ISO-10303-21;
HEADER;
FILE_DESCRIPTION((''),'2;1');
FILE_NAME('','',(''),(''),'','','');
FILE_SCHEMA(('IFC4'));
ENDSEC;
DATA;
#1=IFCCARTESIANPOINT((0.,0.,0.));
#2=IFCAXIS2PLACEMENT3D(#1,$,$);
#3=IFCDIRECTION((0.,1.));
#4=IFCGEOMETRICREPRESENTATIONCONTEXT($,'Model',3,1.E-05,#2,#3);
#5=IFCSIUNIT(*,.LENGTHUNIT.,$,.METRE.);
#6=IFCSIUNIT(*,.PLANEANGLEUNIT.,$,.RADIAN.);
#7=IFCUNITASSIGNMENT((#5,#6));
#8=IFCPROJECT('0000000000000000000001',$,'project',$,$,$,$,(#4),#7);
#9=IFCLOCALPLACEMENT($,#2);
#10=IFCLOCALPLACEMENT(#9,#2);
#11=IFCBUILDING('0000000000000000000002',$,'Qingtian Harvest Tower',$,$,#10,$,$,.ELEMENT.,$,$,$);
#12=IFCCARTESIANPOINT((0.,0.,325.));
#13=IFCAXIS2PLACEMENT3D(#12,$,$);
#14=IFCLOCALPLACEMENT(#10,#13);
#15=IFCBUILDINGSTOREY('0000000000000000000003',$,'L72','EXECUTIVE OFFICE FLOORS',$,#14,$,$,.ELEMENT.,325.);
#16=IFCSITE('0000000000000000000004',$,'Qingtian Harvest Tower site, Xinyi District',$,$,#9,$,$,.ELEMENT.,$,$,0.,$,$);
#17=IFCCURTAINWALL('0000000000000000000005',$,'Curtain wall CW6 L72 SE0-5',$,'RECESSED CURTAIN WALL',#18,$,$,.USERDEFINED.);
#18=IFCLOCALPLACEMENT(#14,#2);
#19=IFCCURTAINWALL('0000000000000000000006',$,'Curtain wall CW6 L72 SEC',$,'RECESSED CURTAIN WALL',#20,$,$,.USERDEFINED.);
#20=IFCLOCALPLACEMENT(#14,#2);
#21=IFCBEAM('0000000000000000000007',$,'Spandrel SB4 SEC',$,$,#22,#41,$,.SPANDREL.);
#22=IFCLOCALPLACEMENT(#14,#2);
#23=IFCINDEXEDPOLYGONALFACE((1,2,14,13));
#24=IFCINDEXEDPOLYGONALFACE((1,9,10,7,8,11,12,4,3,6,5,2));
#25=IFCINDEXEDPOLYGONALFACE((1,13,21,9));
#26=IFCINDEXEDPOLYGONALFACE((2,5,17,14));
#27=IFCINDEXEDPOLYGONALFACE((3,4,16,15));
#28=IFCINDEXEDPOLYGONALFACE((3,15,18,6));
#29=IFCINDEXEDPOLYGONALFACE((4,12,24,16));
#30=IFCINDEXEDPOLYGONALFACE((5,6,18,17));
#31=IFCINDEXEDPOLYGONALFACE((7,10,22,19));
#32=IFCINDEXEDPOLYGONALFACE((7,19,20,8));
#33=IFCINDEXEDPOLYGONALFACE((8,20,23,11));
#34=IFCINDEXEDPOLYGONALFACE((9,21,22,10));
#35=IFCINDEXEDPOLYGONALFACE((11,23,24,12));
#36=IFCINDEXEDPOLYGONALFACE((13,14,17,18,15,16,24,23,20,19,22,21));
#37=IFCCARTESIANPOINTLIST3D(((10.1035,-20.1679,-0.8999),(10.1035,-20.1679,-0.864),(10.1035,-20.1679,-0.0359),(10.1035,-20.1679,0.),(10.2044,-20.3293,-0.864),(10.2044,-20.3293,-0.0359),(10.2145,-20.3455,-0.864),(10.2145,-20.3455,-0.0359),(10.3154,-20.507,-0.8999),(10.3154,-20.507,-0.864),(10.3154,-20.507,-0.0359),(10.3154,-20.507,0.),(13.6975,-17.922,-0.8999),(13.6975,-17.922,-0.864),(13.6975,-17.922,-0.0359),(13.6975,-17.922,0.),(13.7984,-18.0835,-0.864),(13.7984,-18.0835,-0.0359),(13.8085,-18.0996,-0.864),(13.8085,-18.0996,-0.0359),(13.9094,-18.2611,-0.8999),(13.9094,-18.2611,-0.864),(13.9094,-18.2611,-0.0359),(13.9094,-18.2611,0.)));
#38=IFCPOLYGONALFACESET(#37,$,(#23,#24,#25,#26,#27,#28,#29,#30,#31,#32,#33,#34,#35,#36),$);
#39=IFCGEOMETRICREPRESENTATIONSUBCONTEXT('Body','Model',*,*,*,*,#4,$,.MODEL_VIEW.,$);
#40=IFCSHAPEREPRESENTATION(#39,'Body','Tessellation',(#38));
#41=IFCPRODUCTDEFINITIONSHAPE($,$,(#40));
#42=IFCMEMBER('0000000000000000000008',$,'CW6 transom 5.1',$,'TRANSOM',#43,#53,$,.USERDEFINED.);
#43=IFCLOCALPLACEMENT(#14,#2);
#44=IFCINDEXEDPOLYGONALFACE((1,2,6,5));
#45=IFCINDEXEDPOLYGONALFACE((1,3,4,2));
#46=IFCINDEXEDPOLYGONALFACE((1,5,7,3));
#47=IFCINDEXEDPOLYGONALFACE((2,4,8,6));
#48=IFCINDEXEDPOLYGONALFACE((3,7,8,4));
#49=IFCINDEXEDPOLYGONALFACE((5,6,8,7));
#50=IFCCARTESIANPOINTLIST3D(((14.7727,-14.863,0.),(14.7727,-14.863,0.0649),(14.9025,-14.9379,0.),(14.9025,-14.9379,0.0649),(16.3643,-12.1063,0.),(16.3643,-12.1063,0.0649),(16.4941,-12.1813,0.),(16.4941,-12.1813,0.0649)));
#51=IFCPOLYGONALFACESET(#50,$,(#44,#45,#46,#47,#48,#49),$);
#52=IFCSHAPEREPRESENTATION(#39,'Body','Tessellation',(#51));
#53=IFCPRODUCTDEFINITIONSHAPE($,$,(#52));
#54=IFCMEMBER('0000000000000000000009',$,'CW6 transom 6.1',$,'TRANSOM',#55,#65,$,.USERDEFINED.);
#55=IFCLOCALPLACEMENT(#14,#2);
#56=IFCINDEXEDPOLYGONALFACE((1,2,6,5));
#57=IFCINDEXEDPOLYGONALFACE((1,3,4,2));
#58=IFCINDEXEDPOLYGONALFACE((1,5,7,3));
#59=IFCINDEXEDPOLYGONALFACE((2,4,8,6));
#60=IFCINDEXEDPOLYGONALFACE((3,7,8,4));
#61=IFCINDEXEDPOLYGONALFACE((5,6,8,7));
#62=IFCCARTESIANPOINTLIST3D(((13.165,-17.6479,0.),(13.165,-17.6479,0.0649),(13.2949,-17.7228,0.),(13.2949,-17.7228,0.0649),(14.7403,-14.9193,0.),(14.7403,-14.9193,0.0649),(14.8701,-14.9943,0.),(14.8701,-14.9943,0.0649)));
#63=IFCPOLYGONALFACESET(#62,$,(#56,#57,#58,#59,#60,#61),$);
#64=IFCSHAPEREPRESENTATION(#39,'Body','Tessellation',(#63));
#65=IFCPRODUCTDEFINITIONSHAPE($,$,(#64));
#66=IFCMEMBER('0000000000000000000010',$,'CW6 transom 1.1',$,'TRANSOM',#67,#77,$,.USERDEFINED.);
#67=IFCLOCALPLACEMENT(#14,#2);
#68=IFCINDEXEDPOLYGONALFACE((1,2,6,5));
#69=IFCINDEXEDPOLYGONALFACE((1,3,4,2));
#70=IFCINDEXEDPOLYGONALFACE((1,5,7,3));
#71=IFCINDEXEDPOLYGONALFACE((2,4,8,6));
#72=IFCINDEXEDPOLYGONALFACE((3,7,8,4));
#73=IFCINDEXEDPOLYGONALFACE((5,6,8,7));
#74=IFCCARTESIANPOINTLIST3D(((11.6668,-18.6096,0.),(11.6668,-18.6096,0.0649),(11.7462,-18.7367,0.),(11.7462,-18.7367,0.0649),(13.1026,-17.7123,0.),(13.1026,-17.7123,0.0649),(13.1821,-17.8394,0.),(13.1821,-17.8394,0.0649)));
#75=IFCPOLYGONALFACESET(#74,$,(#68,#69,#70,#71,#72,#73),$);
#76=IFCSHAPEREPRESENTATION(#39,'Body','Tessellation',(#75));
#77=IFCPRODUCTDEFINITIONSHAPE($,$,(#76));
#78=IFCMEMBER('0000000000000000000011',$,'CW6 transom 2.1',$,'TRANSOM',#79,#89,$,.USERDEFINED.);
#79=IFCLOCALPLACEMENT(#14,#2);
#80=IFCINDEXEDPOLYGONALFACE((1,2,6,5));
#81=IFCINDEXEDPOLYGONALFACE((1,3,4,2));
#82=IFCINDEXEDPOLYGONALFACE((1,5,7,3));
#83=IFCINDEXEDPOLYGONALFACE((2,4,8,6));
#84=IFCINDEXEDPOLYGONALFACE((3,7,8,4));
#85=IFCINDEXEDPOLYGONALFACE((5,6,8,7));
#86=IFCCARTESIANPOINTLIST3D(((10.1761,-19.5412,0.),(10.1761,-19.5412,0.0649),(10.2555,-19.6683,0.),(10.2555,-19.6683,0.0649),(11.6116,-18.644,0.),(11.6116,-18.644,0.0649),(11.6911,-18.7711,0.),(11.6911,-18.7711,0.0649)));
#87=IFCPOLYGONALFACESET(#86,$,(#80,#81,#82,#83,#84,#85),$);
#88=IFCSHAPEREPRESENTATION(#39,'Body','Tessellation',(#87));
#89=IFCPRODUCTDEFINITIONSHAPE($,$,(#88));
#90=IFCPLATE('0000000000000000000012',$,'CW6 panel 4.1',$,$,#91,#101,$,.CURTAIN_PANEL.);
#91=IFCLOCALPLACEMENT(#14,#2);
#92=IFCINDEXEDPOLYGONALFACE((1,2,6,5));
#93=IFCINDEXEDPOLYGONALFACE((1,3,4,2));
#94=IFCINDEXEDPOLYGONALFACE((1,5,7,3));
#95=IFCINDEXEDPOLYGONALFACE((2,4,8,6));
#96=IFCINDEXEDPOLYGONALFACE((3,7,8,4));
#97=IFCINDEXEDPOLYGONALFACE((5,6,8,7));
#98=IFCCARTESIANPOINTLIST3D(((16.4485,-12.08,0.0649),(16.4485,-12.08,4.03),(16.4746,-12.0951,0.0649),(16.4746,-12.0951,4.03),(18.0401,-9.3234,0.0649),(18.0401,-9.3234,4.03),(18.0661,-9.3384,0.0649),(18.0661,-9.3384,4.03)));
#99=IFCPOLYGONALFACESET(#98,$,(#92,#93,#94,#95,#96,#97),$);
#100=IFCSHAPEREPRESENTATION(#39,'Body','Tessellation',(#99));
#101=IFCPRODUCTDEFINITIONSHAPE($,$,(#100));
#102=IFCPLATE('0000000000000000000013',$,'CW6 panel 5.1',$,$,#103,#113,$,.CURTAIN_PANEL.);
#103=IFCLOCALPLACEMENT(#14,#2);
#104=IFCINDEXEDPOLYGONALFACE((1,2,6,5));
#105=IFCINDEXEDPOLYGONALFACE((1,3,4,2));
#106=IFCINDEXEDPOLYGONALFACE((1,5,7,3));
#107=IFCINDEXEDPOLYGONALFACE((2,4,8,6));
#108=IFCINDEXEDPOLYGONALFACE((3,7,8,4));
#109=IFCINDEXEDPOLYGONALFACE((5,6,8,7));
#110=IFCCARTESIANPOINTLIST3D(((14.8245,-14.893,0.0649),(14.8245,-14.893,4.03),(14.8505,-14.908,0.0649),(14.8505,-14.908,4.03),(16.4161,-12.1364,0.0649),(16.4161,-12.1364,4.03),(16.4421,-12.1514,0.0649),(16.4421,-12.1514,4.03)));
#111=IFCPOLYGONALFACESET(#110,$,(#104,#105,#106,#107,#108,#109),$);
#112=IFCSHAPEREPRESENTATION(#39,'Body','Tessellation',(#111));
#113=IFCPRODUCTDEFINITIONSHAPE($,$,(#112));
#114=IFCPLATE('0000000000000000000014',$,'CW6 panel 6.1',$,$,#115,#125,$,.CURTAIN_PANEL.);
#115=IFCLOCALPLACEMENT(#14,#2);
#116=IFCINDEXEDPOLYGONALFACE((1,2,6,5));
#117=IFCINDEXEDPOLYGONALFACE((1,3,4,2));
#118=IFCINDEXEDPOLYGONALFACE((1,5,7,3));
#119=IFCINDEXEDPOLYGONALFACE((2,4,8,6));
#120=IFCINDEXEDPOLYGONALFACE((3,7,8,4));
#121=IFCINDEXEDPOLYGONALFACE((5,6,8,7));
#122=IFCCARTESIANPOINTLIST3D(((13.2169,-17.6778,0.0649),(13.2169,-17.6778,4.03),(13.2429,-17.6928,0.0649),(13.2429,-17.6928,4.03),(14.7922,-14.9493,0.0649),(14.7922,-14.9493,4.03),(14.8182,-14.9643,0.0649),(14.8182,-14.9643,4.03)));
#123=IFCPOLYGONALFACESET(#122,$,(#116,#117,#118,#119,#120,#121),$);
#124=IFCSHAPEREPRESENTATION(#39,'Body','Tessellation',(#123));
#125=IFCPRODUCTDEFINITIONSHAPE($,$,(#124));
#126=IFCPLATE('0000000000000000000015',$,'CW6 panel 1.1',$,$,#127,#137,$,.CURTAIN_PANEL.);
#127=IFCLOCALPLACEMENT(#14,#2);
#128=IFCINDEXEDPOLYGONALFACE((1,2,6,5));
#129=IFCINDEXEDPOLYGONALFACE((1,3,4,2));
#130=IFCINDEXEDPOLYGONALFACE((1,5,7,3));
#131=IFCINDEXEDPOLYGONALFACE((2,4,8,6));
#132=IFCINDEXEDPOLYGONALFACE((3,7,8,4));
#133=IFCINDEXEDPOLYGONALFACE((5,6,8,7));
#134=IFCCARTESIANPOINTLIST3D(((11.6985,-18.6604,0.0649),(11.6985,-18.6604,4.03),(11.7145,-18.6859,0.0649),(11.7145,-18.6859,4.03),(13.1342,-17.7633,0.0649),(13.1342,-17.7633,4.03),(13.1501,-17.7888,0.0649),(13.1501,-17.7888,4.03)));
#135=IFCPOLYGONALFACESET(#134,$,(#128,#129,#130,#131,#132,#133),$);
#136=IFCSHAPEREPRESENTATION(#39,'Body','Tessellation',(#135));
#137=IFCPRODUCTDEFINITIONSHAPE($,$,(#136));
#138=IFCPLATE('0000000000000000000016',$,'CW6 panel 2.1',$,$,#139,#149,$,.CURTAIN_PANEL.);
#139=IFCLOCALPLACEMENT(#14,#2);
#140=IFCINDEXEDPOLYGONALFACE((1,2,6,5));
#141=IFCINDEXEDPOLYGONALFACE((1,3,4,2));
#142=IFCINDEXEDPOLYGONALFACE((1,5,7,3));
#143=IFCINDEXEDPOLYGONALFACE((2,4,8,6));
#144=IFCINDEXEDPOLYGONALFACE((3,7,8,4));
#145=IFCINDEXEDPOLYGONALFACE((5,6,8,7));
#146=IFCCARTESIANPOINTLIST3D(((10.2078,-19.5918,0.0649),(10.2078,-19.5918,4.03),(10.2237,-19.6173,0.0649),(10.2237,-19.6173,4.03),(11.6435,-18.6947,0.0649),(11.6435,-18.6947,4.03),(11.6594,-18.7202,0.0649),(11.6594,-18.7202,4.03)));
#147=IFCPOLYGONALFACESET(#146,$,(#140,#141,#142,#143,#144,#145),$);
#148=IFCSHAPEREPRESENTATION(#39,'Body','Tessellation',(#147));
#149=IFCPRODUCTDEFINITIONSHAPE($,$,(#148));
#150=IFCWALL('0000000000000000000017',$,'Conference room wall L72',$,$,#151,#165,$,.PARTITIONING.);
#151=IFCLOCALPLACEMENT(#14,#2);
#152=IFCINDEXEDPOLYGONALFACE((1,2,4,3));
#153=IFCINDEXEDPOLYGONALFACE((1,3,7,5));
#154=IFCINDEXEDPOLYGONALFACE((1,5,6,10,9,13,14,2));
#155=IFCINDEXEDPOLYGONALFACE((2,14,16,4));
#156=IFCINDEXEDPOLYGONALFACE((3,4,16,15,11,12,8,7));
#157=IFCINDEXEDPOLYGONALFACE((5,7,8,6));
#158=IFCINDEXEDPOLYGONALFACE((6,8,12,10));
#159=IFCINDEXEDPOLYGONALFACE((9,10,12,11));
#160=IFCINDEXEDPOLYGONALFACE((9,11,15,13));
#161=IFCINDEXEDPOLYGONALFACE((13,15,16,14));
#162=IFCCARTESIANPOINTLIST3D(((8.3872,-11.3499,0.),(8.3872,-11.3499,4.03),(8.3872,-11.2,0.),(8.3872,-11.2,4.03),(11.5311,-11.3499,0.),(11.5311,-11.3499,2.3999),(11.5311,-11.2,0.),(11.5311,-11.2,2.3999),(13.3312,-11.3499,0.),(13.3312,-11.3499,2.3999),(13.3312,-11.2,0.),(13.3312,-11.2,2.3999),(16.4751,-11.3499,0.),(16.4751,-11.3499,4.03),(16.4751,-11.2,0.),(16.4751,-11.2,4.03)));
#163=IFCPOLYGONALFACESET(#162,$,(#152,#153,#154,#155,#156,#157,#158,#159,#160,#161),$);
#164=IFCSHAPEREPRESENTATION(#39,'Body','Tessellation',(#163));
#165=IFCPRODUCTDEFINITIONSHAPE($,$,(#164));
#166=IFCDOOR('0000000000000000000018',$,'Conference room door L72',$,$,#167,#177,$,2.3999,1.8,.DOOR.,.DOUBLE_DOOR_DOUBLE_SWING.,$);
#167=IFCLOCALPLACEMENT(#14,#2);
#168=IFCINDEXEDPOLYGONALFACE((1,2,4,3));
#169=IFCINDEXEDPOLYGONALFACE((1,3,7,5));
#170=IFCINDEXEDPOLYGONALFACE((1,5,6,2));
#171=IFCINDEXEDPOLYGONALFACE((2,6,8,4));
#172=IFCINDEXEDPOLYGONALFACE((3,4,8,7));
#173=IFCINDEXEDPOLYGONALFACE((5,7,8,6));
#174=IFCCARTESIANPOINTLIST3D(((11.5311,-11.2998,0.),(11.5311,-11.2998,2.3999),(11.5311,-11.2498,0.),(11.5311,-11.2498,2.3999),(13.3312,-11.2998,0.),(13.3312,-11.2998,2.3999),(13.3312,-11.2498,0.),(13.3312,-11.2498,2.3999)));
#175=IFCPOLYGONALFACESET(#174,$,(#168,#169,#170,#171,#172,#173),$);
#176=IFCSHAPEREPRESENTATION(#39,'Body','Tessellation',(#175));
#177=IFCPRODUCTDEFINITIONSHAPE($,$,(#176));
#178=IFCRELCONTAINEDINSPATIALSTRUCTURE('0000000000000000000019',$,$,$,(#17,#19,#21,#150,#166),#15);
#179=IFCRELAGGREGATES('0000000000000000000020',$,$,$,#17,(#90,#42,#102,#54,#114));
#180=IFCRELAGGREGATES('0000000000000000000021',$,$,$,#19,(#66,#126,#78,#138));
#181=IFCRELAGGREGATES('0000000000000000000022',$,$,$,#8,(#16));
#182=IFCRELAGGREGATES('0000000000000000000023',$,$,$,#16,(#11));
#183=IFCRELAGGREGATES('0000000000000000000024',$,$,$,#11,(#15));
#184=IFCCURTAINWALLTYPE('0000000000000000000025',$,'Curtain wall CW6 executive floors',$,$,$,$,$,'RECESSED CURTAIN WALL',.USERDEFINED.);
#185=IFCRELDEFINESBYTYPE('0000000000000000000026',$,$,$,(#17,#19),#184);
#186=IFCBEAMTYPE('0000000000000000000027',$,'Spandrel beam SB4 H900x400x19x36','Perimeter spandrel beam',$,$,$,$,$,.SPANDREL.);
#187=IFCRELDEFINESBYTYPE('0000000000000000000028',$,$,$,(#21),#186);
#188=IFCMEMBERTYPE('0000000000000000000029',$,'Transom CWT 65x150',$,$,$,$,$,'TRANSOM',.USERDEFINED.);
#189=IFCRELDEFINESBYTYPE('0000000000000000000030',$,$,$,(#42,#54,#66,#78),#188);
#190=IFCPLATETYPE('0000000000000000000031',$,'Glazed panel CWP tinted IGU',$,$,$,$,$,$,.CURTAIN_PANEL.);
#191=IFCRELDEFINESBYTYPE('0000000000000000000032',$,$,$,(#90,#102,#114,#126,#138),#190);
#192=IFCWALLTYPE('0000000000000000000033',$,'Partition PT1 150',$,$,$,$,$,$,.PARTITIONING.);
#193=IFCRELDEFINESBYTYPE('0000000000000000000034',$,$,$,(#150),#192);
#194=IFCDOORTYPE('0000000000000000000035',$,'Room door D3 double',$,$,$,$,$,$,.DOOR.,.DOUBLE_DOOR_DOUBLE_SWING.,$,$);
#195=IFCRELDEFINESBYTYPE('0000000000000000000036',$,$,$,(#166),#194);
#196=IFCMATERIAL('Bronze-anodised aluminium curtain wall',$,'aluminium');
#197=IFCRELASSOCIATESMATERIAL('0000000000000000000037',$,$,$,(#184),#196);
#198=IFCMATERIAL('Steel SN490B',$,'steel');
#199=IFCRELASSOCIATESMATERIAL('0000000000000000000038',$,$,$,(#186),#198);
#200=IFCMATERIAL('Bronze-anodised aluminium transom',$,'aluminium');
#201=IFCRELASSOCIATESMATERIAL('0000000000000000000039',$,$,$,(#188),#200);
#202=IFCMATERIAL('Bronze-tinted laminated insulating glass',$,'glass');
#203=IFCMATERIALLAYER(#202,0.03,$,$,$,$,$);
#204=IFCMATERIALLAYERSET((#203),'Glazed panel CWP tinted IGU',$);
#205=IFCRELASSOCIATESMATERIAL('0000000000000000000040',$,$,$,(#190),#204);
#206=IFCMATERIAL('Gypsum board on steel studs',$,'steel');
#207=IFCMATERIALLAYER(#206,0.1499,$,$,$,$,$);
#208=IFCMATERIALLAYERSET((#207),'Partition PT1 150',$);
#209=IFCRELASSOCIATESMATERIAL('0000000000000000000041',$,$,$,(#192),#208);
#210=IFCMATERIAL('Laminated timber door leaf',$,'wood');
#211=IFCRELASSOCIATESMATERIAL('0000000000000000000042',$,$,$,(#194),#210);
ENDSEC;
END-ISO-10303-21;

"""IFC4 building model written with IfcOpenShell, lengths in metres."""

from ifc_helpers import new_model, si_unit, direction, frame, frame_2d, origin, origin_2d, place, context, subcontext, project, spatial, rectangle, i_section, extrude, material, layer, layer_set, material_profile, profile_set, type_object, element, fill, aggregate, save


model = new_model("IFC4")

# Units and contexts
model_context = context("Model", 3, precision=1e-05, world=origin(), true_north=direction((0.0, 1.0)))
body_context = subcontext(model_context, "Body", "Model", "MODEL_VIEW")
ifc_project = project(units=[si_unit("LENGTHUNIT", "METRE"), si_unit("PLANEANGLEUNIT", "RADIAN")], contexts=[model_context])

# Site, building, storey
site_placement = place(None, origin())
site = spatial("IfcSite", under=ifc_project, at=site_placement, Name="Qingtian Harvest Tower site, Xinyi District", CompositionType="ELEMENT", RefElevation=0.0)
building_placement = place(site_placement, origin())
building = spatial("IfcBuilding", under=site, at=building_placement, Name="Qingtian Harvest Tower", CompositionType="ELEMENT")
storey_placement = place(building_placement, frame((0.0, 0.0, 325.0)))
storey = spatial("IfcBuildingStorey", under=building, at=storey_placement, Name="L72", Description="EXECUTIVE OFFICE FLOORS", CompositionType="ELEMENT", Elevation=325.0)

# Curtain walls
ifc_material_1 = material(Name="Bronze-anodised aluminium curtain wall", Category="aluminium")
curtain_wall_type = type_object("IfcCurtainWallType", Name="Curtain wall CW6 executive floors", ElementType="RECESSED CURTAIN WALL", PredefinedType="USERDEFINED", material=ifc_material_1)
curtain_wall_1_placement = place(storey_placement, origin())
curtain_wall_1 = element("IfcCurtainWall", 1, at=curtain_wall_1_placement, inside=storey, type_object=curtain_wall_type, Name="Curtain wall CW6 L72 SE0-5", ObjectType="RECESSED CURTAIN WALL", PredefinedType="USERDEFINED")
curtain_wall_2_placement = place(storey_placement, origin())
curtain_wall_2 = element("IfcCurtainWall", 2, at=curtain_wall_2_placement, inside=storey, type_object=curtain_wall_type, Name="Curtain wall CW6 L72 SEC", ObjectType="RECESSED CURTAIN WALL", PredefinedType="USERDEFINED")

# Beam
ifc_material_2 = material(Name="Steel SN490B", Category="steel")
ifc_material_profile_1 = material_profile(ifc_material_2, i_section(OverallWidth=0.3999, OverallDepth=0.8999, WebThickness=0.019, FlangeThickness=0.0359, at=origin_2d()), Name="H900x400x19x36")
ifc_profile_set_1 = profile_set([ifc_material_profile_1], Name="Steel SN490B")
beam_type_1 = type_object("IfcBeamType", Name="Spandrel beam SB4 H900x400x19x36", Description="Perimeter spandrel beam", PredefinedType="SPANDREL", material=ifc_profile_set_1)
beam_1_placement = place(storey_placement, frame((13.8035, -18.0916, -0.45), z_axis=(-0.84804, -0.529932, 0.0), x_axis=(0.529932, -0.84804, 0.0)))
element("IfcBeam", 3, at=beam_1_placement, inside=storey, type_object=beam_type_1, Name="Spandrel SB4 SEC", PredefinedType="SPANDREL", context=body_context, shape_type="SweptSolid", body=[
    extrude(i_section(OverallWidth=0.3999, OverallDepth=0.8999, WebThickness=0.019, FlangeThickness=0.0359, at=origin_2d()), origin(), (0.0, 0.0, 1.0), 4.238),
])

# Members
ifc_material_3 = material(Name="Bronze-anodised aluminium transom", Category="aluminium")
ifc_material_profile_2 = material_profile(ifc_material_3, rectangle(XDim=0.1499, YDim=0.0649, at=origin_2d()), Name="AL 65x150")
ifc_profile_set_2 = profile_set([ifc_material_profile_2], Name="Bronze-anodised aluminium transom")
member_type_1 = type_object("IfcMemberType", Name="Transom CWT 65x150", ElementType="TRANSOM", PredefinedType="USERDEFINED", material=ifc_profile_set_2)
member_1_placement = place(storey_placement, frame((16.4292, -12.1438, 0.0325), z_axis=(-0.500008, -0.866021, 0.0), x_axis=(0.866021, -0.500008, 0.0)))
member_1 = element("IfcMember", 4, at=member_1_placement, type_object=member_type_1, Name="CW6 transom 5.1", ObjectType="TRANSOM", PredefinedType="USERDEFINED", context=body_context, shape_type="SweptSolid", body=[
    extrude(rectangle(XDim=0.1499, YDim=0.0649, at=origin_2d()), origin(), (0.0, 0.0, 1.0), 3.1831),
])
member_2_placement = place(storey_placement, frame((14.8052, -14.9568, 0.0325), z_axis=(-0.499973, -0.866041, 0.0), x_axis=(0.866041, -0.499973, 0.0)))
member_2 = element("IfcMember", 5, at=member_2_placement, type_object=member_type_1, Name="CW6 transom 6.1", ObjectType="TRANSOM", PredefinedType="USERDEFINED", context=body_context, shape_type="SweptSolid", body=[
    extrude(rectangle(XDim=0.1499, YDim=0.0649, at=origin_2d()), origin(), (0.0, 0.0, 1.0), 3.1506),
])
member_3_placement = place(storey_placement, frame((13.1423, -17.7759, 0.0325), z_axis=(-0.848039, -0.529934, 0.0), x_axis=(0.529934, -0.848039, 0.0)))
member_3 = element("IfcMember", 6, at=member_3_placement, type_object=member_type_1, Name="CW6 transom 1.1", ObjectType="TRANSOM", PredefinedType="USERDEFINED", context=body_context, shape_type="SweptSolid", body=[
    extrude(rectangle(XDim=0.1499, YDim=0.0649, at=origin_2d()), origin(), (0.0, 0.0, 1.0), 1.6931),
])
member_4_placement = place(storey_placement, frame((11.6514, -18.7075, 0.0325), z_axis=(-0.847998, -0.529999, 0.0), x_axis=(0.529999, -0.847998, 0.0)))
member_4 = element("IfcMember", 7, at=member_4_placement, type_object=member_type_1, Name="CW6 transom 2.1", ObjectType="TRANSOM", PredefinedType="USERDEFINED", context=body_context, shape_type="SweptSolid", body=[
    extrude(rectangle(XDim=0.1499, YDim=0.0649, at=origin_2d()), origin(), (0.0, 0.0, 1.0), 1.6929),
])

# Plates
ifc_material_4 = material(Name="Bronze-tinted laminated insulating glass", Category="glass")
ifc_layer_1 = layer(ifc_material_4, 0.03)
ifc_layer_set_1 = layer_set([ifc_layer_1], Name="Glazed panel CWP tinted IGU")
plate_type = type_object("IfcPlateType", Name="Glazed panel CWP tinted IGU", PredefinedType="CURTAIN_PANEL", material=ifc_layer_set_1)
plate_1_placement = place(storey_placement, frame((17.2573, -10.7092, 0.0649), z_axis=(0.0, 0.0, 1.0), x_axis=(-0.5, -0.866025, 0.0)))
plate_1 = element("IfcPlate", 8, at=plate_1_placement, type_object=plate_type, Name="CW6 panel 4.1", PredefinedType="CURTAIN_PANEL", context=body_context, shape_type="SweptSolid", body=[
    extrude(rectangle(XDim=3.1831, YDim=0.03, at=origin_2d()), origin(), (0.0, 0.0, 1.0), 3.9651),
])
plate_2_placement = place(storey_placement, frame((15.6333, -13.5222, 0.0649), z_axis=(0.0, 0.0, 1.0), x_axis=(-0.5, -0.866025, 0.0)))
plate_2 = element("IfcPlate", 9, at=plate_2_placement, type_object=plate_type, Name="CW6 panel 5.1", PredefinedType="CURTAIN_PANEL", context=body_context, shape_type="SweptSolid", body=[
    extrude(rectangle(XDim=3.1831, YDim=0.03, at=origin_2d()), origin(), (0.0, 0.0, 1.0), 3.9651),
])
plate_3_placement = place(storey_placement, frame((14.0176, -16.321, 0.0649), z_axis=(0.0, 0.0, 1.0), x_axis=(-0.5, -0.866025, 0.0)))
plate_3 = element("IfcPlate", 10, at=plate_3_placement, type_object=plate_type, Name="CW6 panel 6.1", PredefinedType="CURTAIN_PANEL", context=body_context, shape_type="SweptSolid", body=[
    extrude(rectangle(XDim=3.1506, YDim=0.03, at=origin_2d()), origin(), (0.0, 0.0, 1.0), 3.9651),
])
aggregate(curtain_wall_1, [plate_1, member_1, plate_2, member_2, plate_3])
plate_4_placement = place(storey_placement, frame((12.4243, -18.2246, 0.0649), z_axis=(0.0, 0.0, 1.0), x_axis=(-0.848048, -0.529919, 0.0)))
plate_4 = element("IfcPlate", 11, at=plate_4_placement, type_object=plate_type, Name="CW6 panel 1.1", PredefinedType="CURTAIN_PANEL", context=body_context, shape_type="SweptSolid", body=[
    extrude(rectangle(XDim=1.6929, YDim=0.03, at=origin_2d()), origin(), (0.0, 0.0, 1.0), 3.9651),
])
plate_5_placement = place(storey_placement, frame((10.9336, -19.156, 0.0649), z_axis=(0.0, 0.0, 1.0), x_axis=(-0.848048, -0.529919, 0.0)))
plate_5 = element("IfcPlate", 12, at=plate_5_placement, type_object=plate_type, Name="CW6 panel 2.1", PredefinedType="CURTAIN_PANEL", context=body_context, shape_type="SweptSolid", body=[
    extrude(rectangle(XDim=1.6929, YDim=0.03, at=origin_2d()), origin(), (0.0, 0.0, 1.0), 3.9651),
])
aggregate(curtain_wall_2, [member_3, plate_4, member_4, plate_5])

# Wall, opening, door
ifc_material_5 = material(Name="Gypsum board on steel studs", Category="steel")
ifc_layer_2 = layer(ifc_material_5, 0.1499)
ifc_layer_set_2 = layer_set([ifc_layer_2], Name="Partition PT1 150")
wall_type = type_object("IfcWallType", Name="Partition PT1 150", PredefinedType="PARTITIONING", material=ifc_layer_set_2)
wall_1_placement = place(storey_placement, frame((16.4751, -11.2749, 0.0), z_axis=(0.0, 0.0, 1.0), x_axis=(-1.0, 0.0, 0.0)))
wall_1 = element("IfcWall", 13, at=wall_1_placement, inside=storey, type_object=wall_type, Name="Conference room wall L72", PredefinedType="PARTITIONING", context=body_context, shape_type="SweptSolid", body=[
    extrude(rectangle(XDim=8.0879, YDim=0.1499, at=frame_2d((4.0439, 0.0))), origin(), (0.0, 0.0, 1.0), 4.03),
])
opening_placement = place(wall_1_placement, frame((3.144, 0.0, 0.0)))
opening = element("IfcOpeningElement", 14, at=opening_placement, cuts=wall_1, PredefinedType="OPENING", context=body_context, shape_type="SweptSolid", body=[
    extrude(rectangle(XDim=1.8, YDim=2.3999, at=frame_2d((0.8999, 1.2))), frame((0.0, 0.085, 0.0), z_axis=(0.0, -1.0, 0.0), x_axis=(1.0, 0.0, 0.0)), (0.0, 0.0, 1.0), 0.1699),
])
ifc_material_6 = material(Name="Laminated timber door leaf", Category="wood")
door_type = type_object("IfcDoorType", Name="Room door D3 double", OperationType="DOUBLE_DOOR_DOUBLE_SWING", PredefinedType="DOOR", material=ifc_material_6)
door_placement = place(opening_placement, origin())
door = element("IfcDoor", 15, at=door_placement, inside=storey, type_object=door_type, Name="Conference room door L72", OperationType="DOUBLE_DOOR_DOUBLE_SWING", OverallHeight=2.3999, OverallWidth=1.8, PredefinedType="DOOR", context=body_context, shape_type="SweptSolid", body=[
    extrude(rectangle(XDim=1.8, YDim=2.3999, at=frame_2d((0.8999, 1.2))), frame((0.0, 0.0249, 0.0), z_axis=(0.0, -1.0, 0.0), x_axis=(1.0, 0.0, 0.0)), (0.0, 0.0, 1.0), 0.05),
])
fill(opening, door)

save(model, "model.ifc")
